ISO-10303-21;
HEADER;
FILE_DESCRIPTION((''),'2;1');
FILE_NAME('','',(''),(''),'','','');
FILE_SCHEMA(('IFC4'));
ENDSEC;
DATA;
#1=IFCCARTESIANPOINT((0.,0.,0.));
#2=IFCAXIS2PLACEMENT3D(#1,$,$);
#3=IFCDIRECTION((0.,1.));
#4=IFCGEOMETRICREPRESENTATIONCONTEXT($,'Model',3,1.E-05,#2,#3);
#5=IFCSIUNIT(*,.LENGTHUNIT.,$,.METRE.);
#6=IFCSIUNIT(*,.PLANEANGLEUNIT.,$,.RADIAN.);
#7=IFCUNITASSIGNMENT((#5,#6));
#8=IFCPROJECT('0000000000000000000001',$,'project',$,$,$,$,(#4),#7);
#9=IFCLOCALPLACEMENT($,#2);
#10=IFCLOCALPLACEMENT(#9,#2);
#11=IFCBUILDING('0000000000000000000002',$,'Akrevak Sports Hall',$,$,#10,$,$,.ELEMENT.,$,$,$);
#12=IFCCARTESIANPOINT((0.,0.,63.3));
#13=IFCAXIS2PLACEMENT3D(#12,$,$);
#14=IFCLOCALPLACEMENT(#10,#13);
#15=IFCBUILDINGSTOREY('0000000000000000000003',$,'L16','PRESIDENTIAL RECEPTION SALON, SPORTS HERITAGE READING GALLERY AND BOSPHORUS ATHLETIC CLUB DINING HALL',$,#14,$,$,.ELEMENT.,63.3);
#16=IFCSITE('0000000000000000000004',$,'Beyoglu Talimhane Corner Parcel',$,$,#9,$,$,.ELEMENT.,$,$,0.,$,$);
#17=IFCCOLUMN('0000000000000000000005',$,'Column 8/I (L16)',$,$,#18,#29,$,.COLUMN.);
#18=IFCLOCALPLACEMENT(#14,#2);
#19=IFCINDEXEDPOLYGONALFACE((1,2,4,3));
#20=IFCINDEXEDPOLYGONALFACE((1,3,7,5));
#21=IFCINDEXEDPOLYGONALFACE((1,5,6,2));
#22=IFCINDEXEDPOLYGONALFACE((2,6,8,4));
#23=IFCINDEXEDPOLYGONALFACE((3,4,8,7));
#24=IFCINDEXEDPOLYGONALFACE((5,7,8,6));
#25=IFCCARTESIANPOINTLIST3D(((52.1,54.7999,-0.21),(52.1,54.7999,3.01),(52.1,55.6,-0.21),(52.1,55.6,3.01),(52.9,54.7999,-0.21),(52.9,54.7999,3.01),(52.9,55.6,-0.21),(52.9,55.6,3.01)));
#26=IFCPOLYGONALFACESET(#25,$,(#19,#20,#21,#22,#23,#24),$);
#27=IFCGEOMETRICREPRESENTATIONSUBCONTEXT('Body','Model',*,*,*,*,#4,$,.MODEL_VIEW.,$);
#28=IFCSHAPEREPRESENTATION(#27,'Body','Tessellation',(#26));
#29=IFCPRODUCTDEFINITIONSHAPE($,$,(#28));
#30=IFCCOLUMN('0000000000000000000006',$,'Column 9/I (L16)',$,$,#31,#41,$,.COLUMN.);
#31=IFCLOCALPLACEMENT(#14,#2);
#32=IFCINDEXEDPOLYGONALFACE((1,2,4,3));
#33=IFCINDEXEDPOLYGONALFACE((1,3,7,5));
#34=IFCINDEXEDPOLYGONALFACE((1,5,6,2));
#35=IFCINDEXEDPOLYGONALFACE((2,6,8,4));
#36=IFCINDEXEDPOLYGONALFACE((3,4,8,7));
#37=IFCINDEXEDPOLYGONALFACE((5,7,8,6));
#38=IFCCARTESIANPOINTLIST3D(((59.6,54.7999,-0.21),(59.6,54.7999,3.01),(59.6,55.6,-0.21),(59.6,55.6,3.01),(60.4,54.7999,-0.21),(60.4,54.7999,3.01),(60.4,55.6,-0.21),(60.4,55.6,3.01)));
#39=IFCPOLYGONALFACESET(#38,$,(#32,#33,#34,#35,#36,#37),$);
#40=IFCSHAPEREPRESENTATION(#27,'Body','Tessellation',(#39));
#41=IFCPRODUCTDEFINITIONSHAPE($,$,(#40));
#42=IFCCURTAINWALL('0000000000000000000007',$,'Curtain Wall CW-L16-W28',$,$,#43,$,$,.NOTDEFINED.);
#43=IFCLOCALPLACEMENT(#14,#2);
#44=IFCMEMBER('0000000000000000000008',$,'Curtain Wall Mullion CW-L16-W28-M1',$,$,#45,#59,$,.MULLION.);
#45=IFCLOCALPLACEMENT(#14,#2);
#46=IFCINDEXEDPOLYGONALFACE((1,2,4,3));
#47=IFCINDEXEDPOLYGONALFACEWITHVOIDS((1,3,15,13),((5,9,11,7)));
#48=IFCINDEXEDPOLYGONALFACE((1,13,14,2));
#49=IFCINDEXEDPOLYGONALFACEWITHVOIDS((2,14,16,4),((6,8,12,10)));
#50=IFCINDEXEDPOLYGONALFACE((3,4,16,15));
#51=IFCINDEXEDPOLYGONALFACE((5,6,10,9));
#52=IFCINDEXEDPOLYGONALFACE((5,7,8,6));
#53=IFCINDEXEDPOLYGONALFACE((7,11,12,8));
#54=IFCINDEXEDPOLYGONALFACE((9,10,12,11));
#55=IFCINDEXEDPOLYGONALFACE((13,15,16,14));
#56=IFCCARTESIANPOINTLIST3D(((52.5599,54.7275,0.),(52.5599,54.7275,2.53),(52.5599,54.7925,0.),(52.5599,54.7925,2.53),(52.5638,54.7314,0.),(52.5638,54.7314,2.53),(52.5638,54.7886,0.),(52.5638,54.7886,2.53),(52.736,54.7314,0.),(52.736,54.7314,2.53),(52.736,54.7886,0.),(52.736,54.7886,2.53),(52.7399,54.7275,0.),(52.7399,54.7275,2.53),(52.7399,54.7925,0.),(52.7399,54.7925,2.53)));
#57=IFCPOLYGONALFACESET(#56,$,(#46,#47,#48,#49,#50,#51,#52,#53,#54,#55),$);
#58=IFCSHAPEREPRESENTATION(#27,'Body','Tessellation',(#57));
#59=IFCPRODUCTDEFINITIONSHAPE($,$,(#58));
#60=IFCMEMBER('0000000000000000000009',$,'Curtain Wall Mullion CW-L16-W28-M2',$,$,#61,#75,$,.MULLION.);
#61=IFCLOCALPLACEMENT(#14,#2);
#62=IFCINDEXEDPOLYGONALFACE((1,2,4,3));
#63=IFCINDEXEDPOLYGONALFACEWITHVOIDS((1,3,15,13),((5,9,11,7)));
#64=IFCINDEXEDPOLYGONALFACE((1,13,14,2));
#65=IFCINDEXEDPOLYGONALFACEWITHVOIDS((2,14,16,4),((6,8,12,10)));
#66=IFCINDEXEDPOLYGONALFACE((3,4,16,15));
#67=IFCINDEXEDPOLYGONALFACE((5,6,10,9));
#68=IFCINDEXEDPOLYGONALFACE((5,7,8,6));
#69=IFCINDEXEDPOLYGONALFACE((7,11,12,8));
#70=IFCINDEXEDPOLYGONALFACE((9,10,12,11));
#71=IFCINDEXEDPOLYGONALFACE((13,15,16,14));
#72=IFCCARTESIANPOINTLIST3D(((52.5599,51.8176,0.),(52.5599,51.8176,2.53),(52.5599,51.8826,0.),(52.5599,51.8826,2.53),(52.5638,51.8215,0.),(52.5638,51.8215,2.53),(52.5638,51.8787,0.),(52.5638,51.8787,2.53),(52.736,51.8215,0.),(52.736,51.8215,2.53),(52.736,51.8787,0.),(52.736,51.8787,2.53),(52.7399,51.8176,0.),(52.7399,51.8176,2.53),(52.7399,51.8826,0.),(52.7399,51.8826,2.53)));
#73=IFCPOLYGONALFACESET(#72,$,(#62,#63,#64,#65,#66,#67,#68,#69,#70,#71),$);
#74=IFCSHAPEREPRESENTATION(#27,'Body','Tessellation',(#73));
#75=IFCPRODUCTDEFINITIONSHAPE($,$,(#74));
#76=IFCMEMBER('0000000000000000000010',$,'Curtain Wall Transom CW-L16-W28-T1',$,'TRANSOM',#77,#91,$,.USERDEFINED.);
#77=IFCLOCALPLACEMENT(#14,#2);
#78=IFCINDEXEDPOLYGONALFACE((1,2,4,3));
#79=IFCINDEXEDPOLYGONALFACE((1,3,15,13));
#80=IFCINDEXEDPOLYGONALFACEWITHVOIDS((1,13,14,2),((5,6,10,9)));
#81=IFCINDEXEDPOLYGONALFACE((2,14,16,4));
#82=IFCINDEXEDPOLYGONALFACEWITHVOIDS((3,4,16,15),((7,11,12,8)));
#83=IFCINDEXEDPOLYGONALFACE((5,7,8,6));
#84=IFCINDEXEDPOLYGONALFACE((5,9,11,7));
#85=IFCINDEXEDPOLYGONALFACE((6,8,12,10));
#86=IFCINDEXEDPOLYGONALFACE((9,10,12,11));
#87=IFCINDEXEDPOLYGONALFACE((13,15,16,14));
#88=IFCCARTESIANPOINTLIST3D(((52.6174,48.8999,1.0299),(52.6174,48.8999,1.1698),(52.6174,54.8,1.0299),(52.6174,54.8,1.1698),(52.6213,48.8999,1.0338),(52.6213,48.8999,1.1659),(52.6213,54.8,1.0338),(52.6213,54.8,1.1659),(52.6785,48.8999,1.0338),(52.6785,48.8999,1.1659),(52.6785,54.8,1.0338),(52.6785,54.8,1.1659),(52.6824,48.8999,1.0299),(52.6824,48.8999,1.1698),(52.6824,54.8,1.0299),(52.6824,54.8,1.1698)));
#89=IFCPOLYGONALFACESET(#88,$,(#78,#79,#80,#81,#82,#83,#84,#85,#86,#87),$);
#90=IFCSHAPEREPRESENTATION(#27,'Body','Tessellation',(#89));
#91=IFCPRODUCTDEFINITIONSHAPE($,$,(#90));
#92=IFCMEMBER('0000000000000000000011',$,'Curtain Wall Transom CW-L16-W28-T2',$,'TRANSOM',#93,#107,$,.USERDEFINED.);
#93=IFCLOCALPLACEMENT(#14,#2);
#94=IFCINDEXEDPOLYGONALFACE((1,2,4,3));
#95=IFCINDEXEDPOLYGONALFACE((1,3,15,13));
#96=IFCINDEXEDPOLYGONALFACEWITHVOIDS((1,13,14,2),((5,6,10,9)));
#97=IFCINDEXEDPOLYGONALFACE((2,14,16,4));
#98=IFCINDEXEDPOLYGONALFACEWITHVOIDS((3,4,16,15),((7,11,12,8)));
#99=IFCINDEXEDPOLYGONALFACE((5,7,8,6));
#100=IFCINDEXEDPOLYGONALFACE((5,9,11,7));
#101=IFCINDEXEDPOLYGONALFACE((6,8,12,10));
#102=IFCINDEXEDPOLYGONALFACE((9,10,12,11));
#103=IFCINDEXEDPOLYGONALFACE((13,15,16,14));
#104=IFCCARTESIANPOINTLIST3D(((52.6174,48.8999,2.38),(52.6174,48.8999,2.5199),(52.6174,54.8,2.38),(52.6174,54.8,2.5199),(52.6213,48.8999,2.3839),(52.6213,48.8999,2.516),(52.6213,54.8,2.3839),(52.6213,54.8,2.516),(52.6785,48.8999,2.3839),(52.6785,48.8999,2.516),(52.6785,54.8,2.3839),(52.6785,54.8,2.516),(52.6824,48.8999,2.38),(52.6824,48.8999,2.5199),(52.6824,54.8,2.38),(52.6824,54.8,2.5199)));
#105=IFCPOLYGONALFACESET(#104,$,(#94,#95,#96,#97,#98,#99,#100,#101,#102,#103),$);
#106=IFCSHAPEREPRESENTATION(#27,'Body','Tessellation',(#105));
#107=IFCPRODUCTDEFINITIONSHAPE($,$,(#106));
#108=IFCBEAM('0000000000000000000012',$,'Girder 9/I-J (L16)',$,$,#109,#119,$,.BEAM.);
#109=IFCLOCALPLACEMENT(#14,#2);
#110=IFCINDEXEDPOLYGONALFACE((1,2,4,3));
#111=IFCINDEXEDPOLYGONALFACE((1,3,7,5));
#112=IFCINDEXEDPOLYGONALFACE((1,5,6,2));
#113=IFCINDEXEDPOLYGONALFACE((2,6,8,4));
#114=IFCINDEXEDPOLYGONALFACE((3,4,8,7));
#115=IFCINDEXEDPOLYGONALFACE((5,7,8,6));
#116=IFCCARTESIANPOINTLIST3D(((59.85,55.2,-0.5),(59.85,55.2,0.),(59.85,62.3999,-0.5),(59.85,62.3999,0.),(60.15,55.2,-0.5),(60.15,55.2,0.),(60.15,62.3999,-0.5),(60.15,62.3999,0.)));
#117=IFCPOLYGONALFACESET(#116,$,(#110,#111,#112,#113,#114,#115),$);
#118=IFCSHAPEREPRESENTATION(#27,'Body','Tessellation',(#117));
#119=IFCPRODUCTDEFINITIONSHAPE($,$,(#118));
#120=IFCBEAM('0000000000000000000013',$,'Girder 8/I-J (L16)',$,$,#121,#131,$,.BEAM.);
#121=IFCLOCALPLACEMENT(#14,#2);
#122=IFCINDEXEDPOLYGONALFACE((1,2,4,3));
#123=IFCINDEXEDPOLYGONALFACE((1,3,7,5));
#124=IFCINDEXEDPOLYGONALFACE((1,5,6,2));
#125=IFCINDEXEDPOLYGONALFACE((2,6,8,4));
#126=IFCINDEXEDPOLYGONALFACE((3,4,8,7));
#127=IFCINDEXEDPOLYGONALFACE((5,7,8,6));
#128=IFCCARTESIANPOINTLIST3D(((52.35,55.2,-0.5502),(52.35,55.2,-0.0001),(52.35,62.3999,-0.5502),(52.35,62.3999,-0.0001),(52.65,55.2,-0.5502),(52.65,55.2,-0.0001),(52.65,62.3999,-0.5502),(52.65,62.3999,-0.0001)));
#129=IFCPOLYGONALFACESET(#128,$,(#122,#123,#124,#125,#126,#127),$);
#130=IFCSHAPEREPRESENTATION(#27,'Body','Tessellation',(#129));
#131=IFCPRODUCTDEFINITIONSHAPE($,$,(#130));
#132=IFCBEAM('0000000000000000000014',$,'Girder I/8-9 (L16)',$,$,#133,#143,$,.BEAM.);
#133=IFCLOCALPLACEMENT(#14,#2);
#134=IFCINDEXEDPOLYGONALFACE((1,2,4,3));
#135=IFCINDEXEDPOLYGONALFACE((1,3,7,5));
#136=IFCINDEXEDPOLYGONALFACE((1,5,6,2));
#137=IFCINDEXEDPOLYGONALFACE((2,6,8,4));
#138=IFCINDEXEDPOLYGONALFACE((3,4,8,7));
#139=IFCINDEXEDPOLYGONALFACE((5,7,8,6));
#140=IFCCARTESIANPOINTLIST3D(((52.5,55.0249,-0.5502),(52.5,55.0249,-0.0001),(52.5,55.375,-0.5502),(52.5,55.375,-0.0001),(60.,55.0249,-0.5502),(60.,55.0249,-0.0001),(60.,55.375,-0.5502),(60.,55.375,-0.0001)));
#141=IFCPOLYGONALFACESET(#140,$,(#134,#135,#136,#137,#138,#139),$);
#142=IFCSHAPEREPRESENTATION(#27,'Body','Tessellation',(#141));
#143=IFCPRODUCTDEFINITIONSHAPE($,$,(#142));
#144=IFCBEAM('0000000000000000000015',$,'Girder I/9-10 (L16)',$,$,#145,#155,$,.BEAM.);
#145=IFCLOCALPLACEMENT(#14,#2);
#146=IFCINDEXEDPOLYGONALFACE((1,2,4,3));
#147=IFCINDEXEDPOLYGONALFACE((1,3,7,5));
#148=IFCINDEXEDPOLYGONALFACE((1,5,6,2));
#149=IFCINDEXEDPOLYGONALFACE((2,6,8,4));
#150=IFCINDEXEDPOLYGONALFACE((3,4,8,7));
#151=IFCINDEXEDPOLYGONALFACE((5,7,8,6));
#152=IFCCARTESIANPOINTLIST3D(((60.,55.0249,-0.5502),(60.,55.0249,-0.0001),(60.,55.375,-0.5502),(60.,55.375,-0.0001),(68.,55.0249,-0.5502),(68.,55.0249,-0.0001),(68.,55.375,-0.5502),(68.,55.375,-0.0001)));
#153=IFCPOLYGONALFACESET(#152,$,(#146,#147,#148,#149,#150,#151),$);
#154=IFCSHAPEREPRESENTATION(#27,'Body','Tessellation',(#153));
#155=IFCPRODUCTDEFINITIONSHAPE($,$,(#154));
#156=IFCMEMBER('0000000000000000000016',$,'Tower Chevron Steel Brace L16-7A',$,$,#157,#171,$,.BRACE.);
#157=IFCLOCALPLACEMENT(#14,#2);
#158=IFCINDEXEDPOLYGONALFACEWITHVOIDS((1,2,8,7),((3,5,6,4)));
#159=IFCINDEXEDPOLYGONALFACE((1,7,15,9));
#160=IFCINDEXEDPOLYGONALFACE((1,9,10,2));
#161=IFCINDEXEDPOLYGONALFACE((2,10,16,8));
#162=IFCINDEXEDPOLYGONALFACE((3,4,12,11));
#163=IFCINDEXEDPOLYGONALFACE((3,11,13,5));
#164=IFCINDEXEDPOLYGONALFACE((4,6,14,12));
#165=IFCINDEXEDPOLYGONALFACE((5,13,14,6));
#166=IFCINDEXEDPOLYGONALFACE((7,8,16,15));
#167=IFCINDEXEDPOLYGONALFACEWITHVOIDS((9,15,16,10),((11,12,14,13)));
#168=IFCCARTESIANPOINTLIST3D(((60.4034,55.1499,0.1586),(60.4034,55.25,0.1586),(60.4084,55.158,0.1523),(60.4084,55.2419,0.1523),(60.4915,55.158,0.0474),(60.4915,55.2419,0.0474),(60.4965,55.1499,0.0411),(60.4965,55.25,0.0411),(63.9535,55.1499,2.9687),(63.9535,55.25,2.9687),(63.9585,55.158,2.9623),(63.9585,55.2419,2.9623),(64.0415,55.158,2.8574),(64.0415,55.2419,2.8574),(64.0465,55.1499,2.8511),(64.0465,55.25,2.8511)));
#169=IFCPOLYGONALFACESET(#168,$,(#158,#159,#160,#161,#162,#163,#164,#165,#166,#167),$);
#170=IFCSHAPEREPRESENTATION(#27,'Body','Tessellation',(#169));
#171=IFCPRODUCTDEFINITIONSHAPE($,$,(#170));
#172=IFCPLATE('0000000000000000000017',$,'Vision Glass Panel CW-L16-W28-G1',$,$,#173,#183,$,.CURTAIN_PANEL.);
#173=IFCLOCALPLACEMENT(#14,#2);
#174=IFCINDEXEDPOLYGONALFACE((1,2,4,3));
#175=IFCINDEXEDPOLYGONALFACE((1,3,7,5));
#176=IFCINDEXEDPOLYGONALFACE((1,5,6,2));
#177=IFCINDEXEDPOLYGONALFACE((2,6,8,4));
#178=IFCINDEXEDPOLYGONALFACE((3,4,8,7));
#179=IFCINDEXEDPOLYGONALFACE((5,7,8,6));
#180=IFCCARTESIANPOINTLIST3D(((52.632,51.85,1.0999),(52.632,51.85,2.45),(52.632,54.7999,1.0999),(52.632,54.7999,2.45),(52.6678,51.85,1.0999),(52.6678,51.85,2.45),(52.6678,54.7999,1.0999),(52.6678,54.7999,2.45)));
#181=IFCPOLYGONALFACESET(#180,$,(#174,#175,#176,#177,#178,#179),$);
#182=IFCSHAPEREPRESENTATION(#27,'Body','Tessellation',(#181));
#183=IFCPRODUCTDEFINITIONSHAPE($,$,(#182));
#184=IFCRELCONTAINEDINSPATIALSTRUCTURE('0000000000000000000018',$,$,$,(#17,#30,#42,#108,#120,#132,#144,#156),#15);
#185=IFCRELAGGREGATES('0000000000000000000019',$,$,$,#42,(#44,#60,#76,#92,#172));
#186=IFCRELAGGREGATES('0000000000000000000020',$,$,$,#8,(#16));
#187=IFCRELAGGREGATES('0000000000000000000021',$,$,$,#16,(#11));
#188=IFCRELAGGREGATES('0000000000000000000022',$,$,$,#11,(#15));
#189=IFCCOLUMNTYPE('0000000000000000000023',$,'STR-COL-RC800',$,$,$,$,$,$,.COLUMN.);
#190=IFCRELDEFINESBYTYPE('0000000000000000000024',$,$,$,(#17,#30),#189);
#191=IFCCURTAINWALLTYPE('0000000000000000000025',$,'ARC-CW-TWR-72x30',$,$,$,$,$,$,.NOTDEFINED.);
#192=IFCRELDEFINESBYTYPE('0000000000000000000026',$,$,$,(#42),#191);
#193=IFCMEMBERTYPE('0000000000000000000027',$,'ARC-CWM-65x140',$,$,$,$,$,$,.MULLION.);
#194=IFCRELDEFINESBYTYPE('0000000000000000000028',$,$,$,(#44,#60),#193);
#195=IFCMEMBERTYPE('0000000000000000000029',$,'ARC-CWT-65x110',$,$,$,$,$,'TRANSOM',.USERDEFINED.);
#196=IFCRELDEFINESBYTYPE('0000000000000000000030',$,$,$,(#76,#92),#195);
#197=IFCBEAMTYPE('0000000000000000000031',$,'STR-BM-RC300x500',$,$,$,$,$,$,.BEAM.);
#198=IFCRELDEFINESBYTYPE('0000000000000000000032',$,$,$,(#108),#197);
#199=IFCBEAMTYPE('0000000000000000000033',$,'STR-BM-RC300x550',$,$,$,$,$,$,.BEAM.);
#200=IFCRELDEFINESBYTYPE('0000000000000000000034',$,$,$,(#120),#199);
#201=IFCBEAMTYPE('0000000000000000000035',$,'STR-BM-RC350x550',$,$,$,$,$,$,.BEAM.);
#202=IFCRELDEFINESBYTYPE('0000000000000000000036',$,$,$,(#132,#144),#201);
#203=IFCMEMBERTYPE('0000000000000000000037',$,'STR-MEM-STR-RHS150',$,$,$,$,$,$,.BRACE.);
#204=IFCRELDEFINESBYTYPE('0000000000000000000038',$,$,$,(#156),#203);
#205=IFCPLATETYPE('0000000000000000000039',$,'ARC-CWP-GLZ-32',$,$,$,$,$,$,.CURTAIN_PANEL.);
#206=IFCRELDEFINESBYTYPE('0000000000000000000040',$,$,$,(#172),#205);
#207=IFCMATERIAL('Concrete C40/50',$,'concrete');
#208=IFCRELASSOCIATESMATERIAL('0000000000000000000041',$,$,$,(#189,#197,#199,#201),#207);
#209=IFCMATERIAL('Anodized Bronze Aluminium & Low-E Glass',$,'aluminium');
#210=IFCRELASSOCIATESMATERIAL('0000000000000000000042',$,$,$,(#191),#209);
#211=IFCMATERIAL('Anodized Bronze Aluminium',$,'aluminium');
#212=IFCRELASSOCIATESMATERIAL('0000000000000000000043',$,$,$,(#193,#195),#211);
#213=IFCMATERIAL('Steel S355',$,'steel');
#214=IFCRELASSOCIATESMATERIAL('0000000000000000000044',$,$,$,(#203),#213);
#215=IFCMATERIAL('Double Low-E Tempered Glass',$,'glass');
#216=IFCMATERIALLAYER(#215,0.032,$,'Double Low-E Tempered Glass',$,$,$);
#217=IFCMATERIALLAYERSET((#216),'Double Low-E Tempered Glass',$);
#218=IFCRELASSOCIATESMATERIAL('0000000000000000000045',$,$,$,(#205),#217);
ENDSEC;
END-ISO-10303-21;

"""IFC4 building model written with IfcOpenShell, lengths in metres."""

from ifc_helpers import new_model, si_unit, direction, frame, origin, origin_2d, place, context, subcontext, project, spatial, rectangle, hollow_rectangle, extrude, material, layer, layer_set, material_profile, profile_set, type_object, element, aggregate, save


model = new_model("IFC4")

# Units and contexts
model_context = context("Model", 3, precision=1e-05, world=origin(), true_north=direction((0.0, 1.0)))
body_context = subcontext(model_context, "Body", "Model", "MODEL_VIEW")
ifc_project = project(units=[si_unit("LENGTHUNIT", "METRE"), si_unit("PLANEANGLEUNIT", "RADIAN")], contexts=[model_context])

# Site, building, storey
site_placement = place(None, origin())
site = spatial("IfcSite", under=ifc_project, at=site_placement, Name="Beyoglu Talimhane Corner Parcel", CompositionType="ELEMENT", RefElevation=0.0)
building_placement = place(site_placement, origin())
building = spatial("IfcBuilding", under=site, at=building_placement, Name="Akrevak Sports Hall", CompositionType="ELEMENT")
storey_placement = place(building_placement, frame((0.0, 0.0, 63.3)))
storey = spatial("IfcBuildingStorey", under=building, at=storey_placement, Name="L16", Description="PRESIDENTIAL RECEPTION SALON, SPORTS HERITAGE READING GALLERY AND BOSPHORUS ATHLETIC CLUB DINING HALL", CompositionType="ELEMENT", Elevation=63.3)

# Columns
ifc_material_1 = material(Name="Concrete C40/50", Category="concrete")
ifc_material_profile_1 = material_profile(ifc_material_1, rectangle(XDim=0.8, YDim=0.8, at=origin_2d()), Name="RC 800x800", Category="concrete")
ifc_profile_set_1 = profile_set([ifc_material_profile_1], Name="Concrete C40/50")
column_type = type_object("IfcColumnType", Name="STR-COL-RC800", PredefinedType="COLUMN", material=ifc_profile_set_1)
for number, where, z_axis, x_axis, name in (
    (1, (52.5, 55.2, -0.21), (0.0, 0.0, 1.0), (1.0, 0.0, 0.0), "Column 8/I (L16)"),
    (2, (60.0, 55.2, -0.21), (0.0, 0.0, 1.0), (1.0, 0.0, 0.0), "Column 9/I (L16)"),
):
    element("IfcColumn", number, at=place(storey_placement, frame(where, z_axis=z_axis, x_axis=x_axis)), inside=storey, type_object=column_type, Name=name, PredefinedType="COLUMN", context=body_context, shape_type="SweptSolid", body=[
        extrude(rectangle(XDim=0.8, YDim=0.8, at=origin_2d()), origin(), (0.0, 0.0, 1.0), 3.22),
    ])

# Curtain wall, members
ifc_material_2 = material(Name="Anodized Bronze Aluminium & Low-E Glass", Category="aluminium")
curtain_wall_type = type_object("IfcCurtainWallType", Name="ARC-CW-TWR-72x30", PredefinedType="NOTDEFINED", material=ifc_material_2)
curtain_wall_placement = place(storey_placement, origin())
curtain_wall = element("IfcCurtainWall", 3, at=curtain_wall_placement, inside=storey, type_object=curtain_wall_type, Name="Curtain Wall CW-L16-W28", PredefinedType="NOTDEFINED")
ifc_material_3 = material(Name="Anodized Bronze Aluminium", Category="aluminium")
ifc_material_profile_2 = material_profile(ifc_material_3, hollow_rectangle(XDim=0.0649, YDim=0.1799, WallThickness=0.0039, at=origin_2d()), Name="CWM 65x180", Category="aluminium")
ifc_profile_set_2 = profile_set([ifc_material_profile_2], Name="Anodized Bronze Aluminium")
member_type_1 = type_object("IfcMemberType", Name="ARC-CWM-65x140", PredefinedType="MULLION", material=ifc_profile_set_2)
member_1_placement = place(storey_placement, frame((52.6499, 54.76, 0.0), z_axis=(0.0, 0.0, 1.0), x_axis=(0.0, -1.0, 0.0)))
member_1 = element("IfcMember", 4, at=member_1_placement, type_object=member_type_1, Name="Curtain Wall Mullion CW-L16-W28-M1", PredefinedType="MULLION", context=body_context, shape_type="SweptSolid", body=[
    extrude(hollow_rectangle(XDim=0.0649, YDim=0.1799, WallThickness=0.0039, at=origin_2d()), origin(), (0.0, 0.0, 1.0), 2.53),
])
member_2_placement = place(storey_placement, frame((52.6499, 51.8501, 0.0), z_axis=(0.0, 0.0, 1.0), x_axis=(0.0, -1.0, 0.0)))
member_2 = element("IfcMember", 5, at=member_2_placement, type_object=member_type_1, Name="Curtain Wall Mullion CW-L16-W28-M2", PredefinedType="MULLION", context=body_context, shape_type="SweptSolid", body=[
    extrude(hollow_rectangle(XDim=0.0649, YDim=0.1799, WallThickness=0.0039, at=origin_2d()), origin(), (0.0, 0.0, 1.0), 2.53),
])
ifc_material_profile_3 = material_profile(ifc_material_3, hollow_rectangle(XDim=0.0649, YDim=0.1399, WallThickness=0.0039, at=origin_2d()), Name="CWT 65x140", Category="aluminium")
ifc_profile_set_3 = profile_set([ifc_material_profile_3], Name="Anodized Bronze Aluminium")
member_type_2 = type_object("IfcMemberType", Name="ARC-CWT-65x110", ElementType="TRANSOM", PredefinedType="USERDEFINED", material=ifc_profile_set_3)
member_3_placement = place(storey_placement, frame((52.6499, 54.8, 1.0999), z_axis=(0.0, -1.0, 0.0), x_axis=(1.0, 0.0, 0.0)))
member_3 = element("IfcMember", 6, at=member_3_placement, type_object=member_type_2, Name="Curtain Wall Transom CW-L16-W28-T1", ObjectType="TRANSOM", PredefinedType="USERDEFINED", context=body_context, shape_type="SweptSolid", body=[
    extrude(hollow_rectangle(XDim=0.0649, YDim=0.1399, WallThickness=0.0039, at=origin_2d()), origin(), (0.0, 0.0, 1.0), 5.9001),
])
member_4_placement = place(storey_placement, frame((52.6499, 54.8, 2.45), z_axis=(0.0, -1.0, 0.0), x_axis=(1.0, 0.0, 0.0)))
member_4 = element("IfcMember", 7, at=member_4_placement, type_object=member_type_2, Name="Curtain Wall Transom CW-L16-W28-T2", ObjectType="TRANSOM", PredefinedType="USERDEFINED", context=body_context, shape_type="SweptSolid", body=[
    extrude(hollow_rectangle(XDim=0.0649, YDim=0.1399, WallThickness=0.0039, at=origin_2d()), origin(), (0.0, 0.0, 1.0), 5.9001),
])

# Beams
ifc_material_profile_4 = material_profile(ifc_material_1, rectangle(XDim=0.3, YDim=0.5, at=origin_2d()), Name="BM 300x500", Category="concrete")
ifc_profile_set_4 = profile_set([ifc_material_profile_4], Name="Concrete C40/50")
beam_type_1 = type_object("IfcBeamType", Name="STR-BM-RC300x500", PredefinedType="BEAM", material=ifc_profile_set_4)
beam_1_placement = place(storey_placement, frame((60.0, 55.2, -0.25), z_axis=(0.0, 1.0, 0.0), x_axis=(-1.0, 0.0, 0.0)))
element("IfcBeam", 8, at=beam_1_placement, inside=storey, type_object=beam_type_1, Name="Girder 9/I-J (L16)", PredefinedType="BEAM", context=body_context, shape_type="SweptSolid", body=[
    extrude(rectangle(XDim=0.3, YDim=0.5, at=origin_2d()), origin(), (0.0, 0.0, 1.0), 7.2),
])
ifc_material_profile_5 = material_profile(ifc_material_1, rectangle(XDim=0.3, YDim=0.55, at=origin_2d()), Name="BM 300x550", Category="concrete")
ifc_profile_set_5 = profile_set([ifc_material_profile_5], Name="Concrete C40/50")
beam_type_2 = type_object("IfcBeamType", Name="STR-BM-RC300x550", PredefinedType="BEAM", material=ifc_profile_set_5)
beam_2_placement = place(storey_placement, frame((52.5, 55.2, -0.2751), z_axis=(0.0, 1.0, 0.0), x_axis=(-1.0, 0.0, 0.0)))
element("IfcBeam", 9, at=beam_2_placement, inside=storey, type_object=beam_type_2, Name="Girder 8/I-J (L16)", PredefinedType="BEAM", context=body_context, shape_type="SweptSolid", body=[
    extrude(rectangle(XDim=0.3, YDim=0.55, at=origin_2d()), origin(), (0.0, 0.0, 1.0), 7.2),
])
ifc_material_profile_6 = material_profile(ifc_material_1, rectangle(XDim=0.3501, YDim=0.55, at=origin_2d()), Name="BM 350x550", Category="concrete")
ifc_profile_set_6 = profile_set([ifc_material_profile_6], Name="Concrete C40/50")
beam_type_3 = type_object("IfcBeamType", Name="STR-BM-RC350x550", PredefinedType="BEAM", material=ifc_profile_set_6)
beam_3_placement = place(storey_placement, frame((52.5, 55.2, -0.2751), z_axis=(1.0, 0.0, 0.0), x_axis=(0.0, 1.0, 0.0)))
element("IfcBeam", 10, at=beam_3_placement, inside=storey, type_object=beam_type_3, Name="Girder I/8-9 (L16)", PredefinedType="BEAM", context=body_context, shape_type="SweptSolid", body=[
    extrude(rectangle(XDim=0.3501, YDim=0.55, at=origin_2d()), origin(), (0.0, 0.0, 1.0), 7.5),
])
beam_4_placement = place(storey_placement, frame((60.0, 55.2, -0.2751), z_axis=(1.0, 0.0, 0.0), x_axis=(0.0, 1.0, 0.0)))
element("IfcBeam", 11, at=beam_4_placement, inside=storey, type_object=beam_type_3, Name="Girder I/9-10 (L16)", PredefinedType="BEAM", context=body_context, shape_type="SweptSolid", body=[
    extrude(rectangle(XDim=0.3501, YDim=0.55, at=origin_2d()), origin(), (0.0, 0.0, 1.0), 8.0),
])

# Member
ifc_material_4 = material(Name="Steel S355", Category="steel")
ifc_material_profile_7 = material_profile(ifc_material_4, hollow_rectangle(XDim=0.1001, YDim=0.1499, WallThickness=0.0081, at=origin_2d()), Name="RHS 150x100x8", Category="steel")
ifc_profile_set_7 = profile_set([ifc_material_profile_7], Name="Steel S355")
member_type_3 = type_object("IfcMemberType", Name="STR-MEM-STR-RHS150", PredefinedType="BRACE", material=ifc_profile_set_7)
member_5_placement = place(storey_placement, frame((60.45, 55.2, 0.0999), z_axis=(0.784088, 0.0, 0.620649), x_axis=(0.0, 1.0, 0.0)))
element("IfcMember", 12, at=member_5_placement, inside=storey, type_object=member_type_3, Name="Tower Chevron Steel Brace L16-7A", PredefinedType="BRACE", context=body_context, shape_type="SweptSolid", body=[
    extrude(hollow_rectangle(XDim=0.1001, YDim=0.1499, WallThickness=0.0081, at=origin_2d()), origin(), (0.0, 0.0, 1.0), 4.5276),
])

# Plate
ifc_material_5 = material(Name="Double Low-E Tempered Glass", Category="glass")
ifc_layer_1 = layer(ifc_material_5, 0.032, Name="Double Low-E Tempered Glass")
ifc_layer_set_1 = layer_set([ifc_layer_1], Name="Double Low-E Tempered Glass")
plate_type_1 = type_object("IfcPlateType", Name="ARC-CWP-GLZ-32", PredefinedType="CURTAIN_PANEL", material=ifc_layer_set_1)
plate_1_placement = place(storey_placement, frame((52.6499, 53.325, 1.0999), z_axis=(0.0, 0.0, 1.0), x_axis=(0.0, -1.0, 0.0)))
plate_1 = element("IfcPlate", 13, at=plate_1_placement, type_object=plate_type_1, Name="Vision Glass Panel CW-L16-W28-G1", PredefinedType="CURTAIN_PANEL", context=body_context, shape_type="SweptSolid", body=[
    extrude(rectangle(XDim=2.95, YDim=0.0359, at=origin_2d()), origin(), (0.0, 0.0, 1.0), 1.3501),
])
aggregate(curtain_wall, [member_1, member_2, member_3, member_4, plate_1])

save(model, "model.ifc")
